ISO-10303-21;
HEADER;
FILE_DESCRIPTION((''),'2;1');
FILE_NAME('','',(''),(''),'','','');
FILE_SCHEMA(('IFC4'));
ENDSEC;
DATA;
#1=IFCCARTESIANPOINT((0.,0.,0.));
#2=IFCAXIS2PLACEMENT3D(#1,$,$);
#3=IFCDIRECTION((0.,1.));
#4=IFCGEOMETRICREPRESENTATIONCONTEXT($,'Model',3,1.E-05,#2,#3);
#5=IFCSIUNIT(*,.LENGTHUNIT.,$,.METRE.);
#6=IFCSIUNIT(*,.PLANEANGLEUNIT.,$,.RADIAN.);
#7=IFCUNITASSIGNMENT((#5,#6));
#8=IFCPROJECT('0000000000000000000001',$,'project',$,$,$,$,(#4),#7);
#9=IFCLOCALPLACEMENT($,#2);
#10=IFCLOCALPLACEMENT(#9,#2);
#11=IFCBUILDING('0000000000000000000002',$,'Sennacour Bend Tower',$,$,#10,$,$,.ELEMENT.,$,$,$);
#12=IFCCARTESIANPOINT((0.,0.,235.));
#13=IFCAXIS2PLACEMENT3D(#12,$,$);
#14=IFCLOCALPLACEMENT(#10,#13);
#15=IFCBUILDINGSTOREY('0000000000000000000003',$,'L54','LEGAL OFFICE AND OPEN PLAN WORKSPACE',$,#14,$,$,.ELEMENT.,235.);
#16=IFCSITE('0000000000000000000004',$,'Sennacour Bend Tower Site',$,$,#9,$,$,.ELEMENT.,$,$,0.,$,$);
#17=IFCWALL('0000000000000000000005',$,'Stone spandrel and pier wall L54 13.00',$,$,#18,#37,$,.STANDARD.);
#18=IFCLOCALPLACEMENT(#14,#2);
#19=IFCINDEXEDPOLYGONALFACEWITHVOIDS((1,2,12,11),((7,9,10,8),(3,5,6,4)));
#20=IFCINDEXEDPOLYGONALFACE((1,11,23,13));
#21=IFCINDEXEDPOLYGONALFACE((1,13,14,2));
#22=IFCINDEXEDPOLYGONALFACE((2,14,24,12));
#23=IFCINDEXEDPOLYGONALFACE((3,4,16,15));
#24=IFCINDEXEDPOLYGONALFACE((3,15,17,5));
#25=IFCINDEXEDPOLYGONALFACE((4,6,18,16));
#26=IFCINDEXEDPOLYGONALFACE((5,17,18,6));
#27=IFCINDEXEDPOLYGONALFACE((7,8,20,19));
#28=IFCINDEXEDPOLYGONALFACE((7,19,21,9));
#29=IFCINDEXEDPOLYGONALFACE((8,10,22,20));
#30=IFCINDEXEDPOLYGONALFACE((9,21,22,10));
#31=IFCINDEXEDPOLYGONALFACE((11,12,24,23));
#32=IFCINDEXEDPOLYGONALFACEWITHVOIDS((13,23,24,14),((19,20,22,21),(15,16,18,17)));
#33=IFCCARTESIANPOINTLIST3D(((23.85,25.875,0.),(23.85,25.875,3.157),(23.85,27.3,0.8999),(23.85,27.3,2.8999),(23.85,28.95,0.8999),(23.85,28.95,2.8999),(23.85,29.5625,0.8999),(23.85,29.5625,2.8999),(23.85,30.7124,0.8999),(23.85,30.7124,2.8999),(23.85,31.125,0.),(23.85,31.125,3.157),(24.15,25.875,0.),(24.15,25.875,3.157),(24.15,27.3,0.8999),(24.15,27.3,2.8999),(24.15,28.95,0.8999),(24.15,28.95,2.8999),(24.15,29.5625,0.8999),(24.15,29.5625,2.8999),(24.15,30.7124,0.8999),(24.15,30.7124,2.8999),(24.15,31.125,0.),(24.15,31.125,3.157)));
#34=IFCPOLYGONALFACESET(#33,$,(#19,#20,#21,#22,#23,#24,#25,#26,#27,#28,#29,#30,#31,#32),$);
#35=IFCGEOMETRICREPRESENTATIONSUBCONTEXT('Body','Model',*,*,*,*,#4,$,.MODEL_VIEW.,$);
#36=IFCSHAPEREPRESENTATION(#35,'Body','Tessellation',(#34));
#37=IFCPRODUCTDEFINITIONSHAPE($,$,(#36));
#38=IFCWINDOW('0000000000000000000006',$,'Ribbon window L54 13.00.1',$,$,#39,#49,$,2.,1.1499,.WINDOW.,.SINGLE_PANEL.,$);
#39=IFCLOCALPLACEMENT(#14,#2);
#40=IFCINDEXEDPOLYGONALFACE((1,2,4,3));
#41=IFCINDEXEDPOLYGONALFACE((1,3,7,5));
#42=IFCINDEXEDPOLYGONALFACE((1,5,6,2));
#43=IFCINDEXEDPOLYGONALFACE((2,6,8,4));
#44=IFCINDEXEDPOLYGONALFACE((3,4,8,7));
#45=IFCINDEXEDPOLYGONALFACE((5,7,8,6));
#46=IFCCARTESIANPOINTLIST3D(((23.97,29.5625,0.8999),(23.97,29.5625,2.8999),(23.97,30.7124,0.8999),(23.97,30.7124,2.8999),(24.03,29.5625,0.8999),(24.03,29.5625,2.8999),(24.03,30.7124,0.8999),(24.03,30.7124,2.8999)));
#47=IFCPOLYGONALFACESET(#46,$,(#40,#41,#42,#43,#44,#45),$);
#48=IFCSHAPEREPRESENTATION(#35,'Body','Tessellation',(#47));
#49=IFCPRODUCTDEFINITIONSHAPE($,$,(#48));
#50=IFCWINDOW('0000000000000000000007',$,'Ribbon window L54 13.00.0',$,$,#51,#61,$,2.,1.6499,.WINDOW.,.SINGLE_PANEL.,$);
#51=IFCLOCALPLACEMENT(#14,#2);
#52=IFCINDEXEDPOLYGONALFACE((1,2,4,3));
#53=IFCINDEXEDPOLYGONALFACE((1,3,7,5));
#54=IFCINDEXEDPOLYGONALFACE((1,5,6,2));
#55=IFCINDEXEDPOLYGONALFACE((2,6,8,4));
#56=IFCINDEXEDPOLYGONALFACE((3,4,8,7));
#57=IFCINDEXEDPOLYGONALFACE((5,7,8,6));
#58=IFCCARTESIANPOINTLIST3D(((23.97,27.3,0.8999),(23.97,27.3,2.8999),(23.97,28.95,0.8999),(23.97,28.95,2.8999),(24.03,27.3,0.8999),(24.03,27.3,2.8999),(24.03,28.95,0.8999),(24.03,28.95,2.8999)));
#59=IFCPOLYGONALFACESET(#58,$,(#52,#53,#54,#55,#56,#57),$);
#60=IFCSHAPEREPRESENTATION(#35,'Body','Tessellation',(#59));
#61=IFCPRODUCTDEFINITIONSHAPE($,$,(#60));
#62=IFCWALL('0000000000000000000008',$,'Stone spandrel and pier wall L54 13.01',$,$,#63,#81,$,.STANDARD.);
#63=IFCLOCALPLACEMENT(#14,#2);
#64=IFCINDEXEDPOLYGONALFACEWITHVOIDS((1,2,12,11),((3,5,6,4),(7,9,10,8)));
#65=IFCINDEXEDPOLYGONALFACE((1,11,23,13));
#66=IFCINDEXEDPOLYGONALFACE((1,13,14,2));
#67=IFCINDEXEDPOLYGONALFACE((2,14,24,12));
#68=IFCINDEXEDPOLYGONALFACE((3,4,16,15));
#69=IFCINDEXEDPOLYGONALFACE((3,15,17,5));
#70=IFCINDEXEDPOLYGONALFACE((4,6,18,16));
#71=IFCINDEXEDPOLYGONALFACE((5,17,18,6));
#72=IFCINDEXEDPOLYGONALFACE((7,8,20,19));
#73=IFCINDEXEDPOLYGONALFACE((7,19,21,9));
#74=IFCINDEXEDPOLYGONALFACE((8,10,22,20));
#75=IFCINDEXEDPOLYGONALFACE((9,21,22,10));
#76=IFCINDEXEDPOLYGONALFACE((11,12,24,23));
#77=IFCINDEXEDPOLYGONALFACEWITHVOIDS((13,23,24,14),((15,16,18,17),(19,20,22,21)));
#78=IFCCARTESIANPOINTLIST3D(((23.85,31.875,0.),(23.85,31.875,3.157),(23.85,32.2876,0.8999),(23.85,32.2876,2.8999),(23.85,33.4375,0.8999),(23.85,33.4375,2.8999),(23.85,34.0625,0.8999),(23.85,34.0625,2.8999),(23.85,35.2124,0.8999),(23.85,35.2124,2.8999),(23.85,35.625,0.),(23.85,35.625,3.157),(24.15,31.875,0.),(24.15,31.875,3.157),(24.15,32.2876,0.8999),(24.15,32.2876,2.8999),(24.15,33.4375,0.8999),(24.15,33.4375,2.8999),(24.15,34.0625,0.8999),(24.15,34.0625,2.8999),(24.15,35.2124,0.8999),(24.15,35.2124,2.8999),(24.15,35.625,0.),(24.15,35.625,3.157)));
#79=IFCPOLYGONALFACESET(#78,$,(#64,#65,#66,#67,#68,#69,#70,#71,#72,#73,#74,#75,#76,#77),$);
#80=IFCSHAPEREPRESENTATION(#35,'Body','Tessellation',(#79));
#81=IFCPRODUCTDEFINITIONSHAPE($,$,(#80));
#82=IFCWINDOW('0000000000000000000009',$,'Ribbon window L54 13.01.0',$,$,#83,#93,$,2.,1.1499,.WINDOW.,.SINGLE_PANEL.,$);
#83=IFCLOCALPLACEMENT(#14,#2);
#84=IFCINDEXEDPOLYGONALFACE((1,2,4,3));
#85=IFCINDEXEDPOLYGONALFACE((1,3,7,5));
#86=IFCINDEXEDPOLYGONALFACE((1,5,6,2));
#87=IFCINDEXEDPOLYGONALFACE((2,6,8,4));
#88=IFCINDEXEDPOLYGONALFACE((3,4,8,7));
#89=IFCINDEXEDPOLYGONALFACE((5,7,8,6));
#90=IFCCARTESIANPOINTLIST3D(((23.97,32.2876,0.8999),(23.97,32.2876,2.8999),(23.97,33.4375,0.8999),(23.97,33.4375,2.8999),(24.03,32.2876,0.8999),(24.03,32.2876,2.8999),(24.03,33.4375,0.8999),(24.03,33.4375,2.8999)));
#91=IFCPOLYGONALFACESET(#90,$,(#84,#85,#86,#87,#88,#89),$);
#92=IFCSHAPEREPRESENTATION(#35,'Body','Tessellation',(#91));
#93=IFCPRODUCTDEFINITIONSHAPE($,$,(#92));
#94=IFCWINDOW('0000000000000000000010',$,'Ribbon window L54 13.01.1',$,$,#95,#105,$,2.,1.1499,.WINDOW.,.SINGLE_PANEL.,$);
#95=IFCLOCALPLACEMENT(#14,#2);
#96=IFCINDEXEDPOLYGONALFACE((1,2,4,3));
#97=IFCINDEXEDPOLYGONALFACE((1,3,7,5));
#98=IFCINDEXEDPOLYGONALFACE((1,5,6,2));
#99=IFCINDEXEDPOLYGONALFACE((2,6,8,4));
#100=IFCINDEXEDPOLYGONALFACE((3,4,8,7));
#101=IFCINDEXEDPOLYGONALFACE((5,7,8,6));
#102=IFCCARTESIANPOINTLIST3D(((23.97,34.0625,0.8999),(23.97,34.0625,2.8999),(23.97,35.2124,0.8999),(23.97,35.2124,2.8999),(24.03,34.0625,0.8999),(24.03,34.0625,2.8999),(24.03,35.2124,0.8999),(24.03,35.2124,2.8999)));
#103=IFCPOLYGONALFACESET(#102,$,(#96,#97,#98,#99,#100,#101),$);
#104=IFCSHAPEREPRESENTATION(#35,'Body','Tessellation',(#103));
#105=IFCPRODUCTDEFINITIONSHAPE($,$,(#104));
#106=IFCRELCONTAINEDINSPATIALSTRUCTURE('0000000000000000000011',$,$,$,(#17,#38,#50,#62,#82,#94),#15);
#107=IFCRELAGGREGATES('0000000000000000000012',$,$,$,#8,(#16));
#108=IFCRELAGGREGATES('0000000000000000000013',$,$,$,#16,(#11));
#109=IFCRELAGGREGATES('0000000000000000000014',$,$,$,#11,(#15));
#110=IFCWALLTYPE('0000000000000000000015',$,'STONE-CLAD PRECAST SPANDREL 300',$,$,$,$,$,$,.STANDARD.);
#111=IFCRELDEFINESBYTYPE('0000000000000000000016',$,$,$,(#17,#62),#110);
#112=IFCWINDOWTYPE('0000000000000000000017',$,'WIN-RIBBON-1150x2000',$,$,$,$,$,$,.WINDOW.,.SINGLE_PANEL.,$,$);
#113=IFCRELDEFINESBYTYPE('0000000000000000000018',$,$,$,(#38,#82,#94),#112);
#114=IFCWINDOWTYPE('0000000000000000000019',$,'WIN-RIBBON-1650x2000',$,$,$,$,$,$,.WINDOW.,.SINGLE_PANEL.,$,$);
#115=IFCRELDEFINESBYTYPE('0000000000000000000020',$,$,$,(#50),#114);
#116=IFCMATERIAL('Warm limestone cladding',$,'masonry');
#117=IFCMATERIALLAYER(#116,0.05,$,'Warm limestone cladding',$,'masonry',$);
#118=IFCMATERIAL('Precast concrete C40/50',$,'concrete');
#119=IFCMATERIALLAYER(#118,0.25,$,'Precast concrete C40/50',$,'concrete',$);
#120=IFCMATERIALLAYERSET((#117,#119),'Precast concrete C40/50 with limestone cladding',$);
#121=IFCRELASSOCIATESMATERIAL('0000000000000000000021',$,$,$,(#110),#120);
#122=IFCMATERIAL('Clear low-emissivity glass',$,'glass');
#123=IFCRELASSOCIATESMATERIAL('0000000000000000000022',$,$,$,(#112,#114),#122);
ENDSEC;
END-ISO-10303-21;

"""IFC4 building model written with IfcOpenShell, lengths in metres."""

from ifc_helpers import new_model, si_unit, direction, frame, frame_2d, origin, place, context, subcontext, project, spatial, rectangle, extrude, material, layer, layer_set, type_object, element, fill, save


model = new_model("IFC4")

# Units and contexts
model_context = context("Model", 3, precision=1e-05, world=origin(), true_north=direction((0.0, 1.0)))
body_context = subcontext(model_context, "Body", "Model", "MODEL_VIEW")
ifc_project = project(units=[si_unit("LENGTHUNIT", "METRE"), si_unit("PLANEANGLEUNIT", "RADIAN")], contexts=[model_context])

# Site, building, storey
site_placement = place(None, origin())
site = spatial("IfcSite", under=ifc_project, at=site_placement, Name="Sennacour Bend Tower Site", CompositionType="ELEMENT", RefElevation=0.0)
building_placement = place(site_placement, origin())
building = spatial("IfcBuilding", under=site, at=building_placement, Name="Sennacour Bend Tower", CompositionType="ELEMENT")
storey_placement = place(building_placement, frame((0.0, 0.0, 235.0)))
storey = spatial("IfcBuildingStorey", under=building, at=storey_placement, Name="L54", Description="LEGAL OFFICE AND OPEN PLAN WORKSPACE", CompositionType="ELEMENT", Elevation=235.0)

# Shared definitions
ifc_material_1 = material(Name="Warm limestone cladding", Category="masonry")
ifc_layer_1 = layer(ifc_material_1, 0.05, Name="Warm limestone cladding", Category="masonry")
ifc_material_2 = material(Name="Precast concrete C40/50", Category="concrete")
ifc_layer_2 = layer(ifc_material_2, 0.25, Name="Precast concrete C40/50", Category="concrete")
ifc_layer_set = layer_set([ifc_layer_1, ifc_layer_2], Name="Precast concrete C40/50 with limestone cladding")
wall_type = type_object("IfcWallType", Name="STONE-CLAD PRECAST SPANDREL 300", PredefinedType="STANDARD", material=ifc_layer_set)
ifc_material_3 = material(Name="Clear low-emissivity glass", Category="glass")

# Walls, openings, windows
wall_1_placement = place(storey_placement, frame((24.0, 25.875, 0.0), z_axis=(0.0, 0.0, 1.0), x_axis=(0.0, 1.0, 0.0)))
wall_1 = element("IfcWall", 1, at=wall_1_placement, inside=storey, type_object=wall_type, Name="Stone spandrel and pier wall L54 13.00", PredefinedType="STANDARD", context=body_context, shape_type="SweptSolid", body=[
    extrude(rectangle(XDim=5.25, YDim=0.3, at=frame_2d((2.625, 0.0))), origin(), (0.0, 0.0, 1.0), 3.157),
])
opening_1_placement = place(wall_1_placement, frame((1.425, 0.0, 0.8999)))
opening_1 = element("IfcOpeningElement", 2, at=opening_1_placement, cuts=wall_1, PredefinedType="OPENING", context=body_context, shape_type="SweptSolid", body=[
    extrude(rectangle(XDim=1.6499, YDim=2.0, at=frame_2d((0.825, 1.0))), frame((0.0, 0.1602, 0.0), z_axis=(0.0, -1.0, 0.0), x_axis=(1.0, 0.0, 0.0)), (0.0, 0.0, 1.0), 0.3201),
])
opening_2_placement = place(wall_1_placement, frame((3.6875, 0.0, 0.8999)))
opening_2 = element("IfcOpeningElement", 3, at=opening_2_placement, cuts=wall_1, PredefinedType="OPENING", context=body_context, shape_type="SweptSolid", body=[
    extrude(rectangle(XDim=1.1499, YDim=2.0, at=frame_2d((0.575, 1.0))), frame((0.0, 0.1602, 0.0), z_axis=(0.0, -1.0, 0.0), x_axis=(1.0, 0.0, 0.0)), (0.0, 0.0, 1.0), 0.3201),
])
window_type_1 = type_object("IfcWindowType", Name="WIN-RIBBON-1150x2000", PartitioningType="SINGLE_PANEL", PredefinedType="WINDOW", material=ifc_material_3)
window_1_placement = place(opening_2_placement, origin())
window_1 = element("IfcWindow", 4, at=window_1_placement, inside=storey, type_object=window_type_1, Name="Ribbon window L54 13.00.1", OverallHeight=2.0, OverallWidth=1.1499, PartitioningType="SINGLE_PANEL", PredefinedType="WINDOW", context=body_context, shape_type="SweptSolid", body=[
    extrude(rectangle(XDim=1.1499, YDim=2.0, at=frame_2d((0.575, 1.0))), frame((0.0, 0.03, 0.0), z_axis=(0.0, -1.0, 0.0), x_axis=(1.0, 0.0, 0.0)), (0.0, 0.0, 1.0), 0.0601),
])
fill(opening_2, window_1)
window_type_2 = type_object("IfcWindowType", Name="WIN-RIBBON-1650x2000", PartitioningType="SINGLE_PANEL", PredefinedType="WINDOW", material=ifc_material_3)
window_2_placement = place(opening_1_placement, origin())
window_2 = element("IfcWindow", 5, at=window_2_placement, inside=storey, type_object=window_type_2, Name="Ribbon window L54 13.00.0", OverallHeight=2.0, OverallWidth=1.6499, PartitioningType="SINGLE_PANEL", PredefinedType="WINDOW", context=body_context, shape_type="SweptSolid", body=[
    extrude(rectangle(XDim=1.6499, YDim=2.0, at=frame_2d((0.825, 1.0))), frame((0.0, 0.03, 0.0), z_axis=(0.0, -1.0, 0.0), x_axis=(1.0, 0.0, 0.0)), (0.0, 0.0, 1.0), 0.0601),
])
fill(opening_1, window_2)
wall_2_placement = place(storey_placement, frame((24.0, 31.875, 0.0), z_axis=(0.0, 0.0, 1.0), x_axis=(0.0, 1.0, 0.0)))
wall_2 = element("IfcWall", 6, at=wall_2_placement, inside=storey, type_object=wall_type, Name="Stone spandrel and pier wall L54 13.01", PredefinedType="STANDARD", context=body_context, shape_type="SweptSolid", body=[
    extrude(rectangle(XDim=3.75, YDim=0.3, at=frame_2d((1.875, 0.0))), origin(), (0.0, 0.0, 1.0), 3.157),
])
opening_3_placement = place(wall_2_placement, frame((0.4126, 0.0, 0.8999)))
opening_3 = element("IfcOpeningElement", 7, at=opening_3_placement, cuts=wall_2, PredefinedType="OPENING", context=body_context, shape_type="SweptSolid", body=[
    extrude(rectangle(XDim=1.1499, YDim=2.0, at=frame_2d((0.575, 1.0))), frame((0.0, 0.1602, 0.0), z_axis=(0.0, -1.0, 0.0), x_axis=(1.0, 0.0, 0.0)), (0.0, 0.0, 1.0), 0.3201),
])
opening_4_placement = place(wall_2_placement, frame((2.1875, 0.0, 0.8999)))
opening_4 = element("IfcOpeningElement", 8, at=opening_4_placement, cuts=wall_2, PredefinedType="OPENING", context=body_context, shape_type="SweptSolid", body=[
    extrude(rectangle(XDim=1.1499, YDim=2.0, at=frame_2d((0.575, 1.0))), frame((0.0, 0.1602, 0.0), z_axis=(0.0, -1.0, 0.0), x_axis=(1.0, 0.0, 0.0)), (0.0, 0.0, 1.0), 0.3201),
])
window_3_placement = place(opening_3_placement, origin())
window_3 = element("IfcWindow", 9, at=window_3_placement, inside=storey, type_object=window_type_1, Name="Ribbon window L54 13.01.0", OverallHeight=2.0, OverallWidth=1.1499, PartitioningType="SINGLE_PANEL", PredefinedType="WINDOW", context=body_context, shape_type="SweptSolid", body=[
    extrude(rectangle(XDim=1.1499, YDim=2.0, at=frame_2d((0.575, 1.0))), frame((0.0, 0.03, 0.0), z_axis=(0.0, -1.0, 0.0), x_axis=(1.0, 0.0, 0.0)), (0.0, 0.0, 1.0), 0.0601),
])
fill(opening_3, window_3)
window_4_placement = place(opening_4_placement, origin())
window_4 = element("IfcWindow", 10, at=window_4_placement, inside=storey, type_object=window_type_1, Name="Ribbon window L54 13.01.1", OverallHeight=2.0, OverallWidth=1.1499, PartitioningType="SINGLE_PANEL", PredefinedType="WINDOW", context=body_context, shape_type="SweptSolid", body=[
    extrude(rectangle(XDim=1.1499, YDim=2.0, at=frame_2d((0.575, 1.0))), frame((0.0, 0.03, 0.0), z_axis=(0.0, -1.0, 0.0), x_axis=(1.0, 0.0, 0.0)), (0.0, 0.0, 1.0), 0.0601),
])
fill(opening_4, window_4)

save(model, "model.ifc")
